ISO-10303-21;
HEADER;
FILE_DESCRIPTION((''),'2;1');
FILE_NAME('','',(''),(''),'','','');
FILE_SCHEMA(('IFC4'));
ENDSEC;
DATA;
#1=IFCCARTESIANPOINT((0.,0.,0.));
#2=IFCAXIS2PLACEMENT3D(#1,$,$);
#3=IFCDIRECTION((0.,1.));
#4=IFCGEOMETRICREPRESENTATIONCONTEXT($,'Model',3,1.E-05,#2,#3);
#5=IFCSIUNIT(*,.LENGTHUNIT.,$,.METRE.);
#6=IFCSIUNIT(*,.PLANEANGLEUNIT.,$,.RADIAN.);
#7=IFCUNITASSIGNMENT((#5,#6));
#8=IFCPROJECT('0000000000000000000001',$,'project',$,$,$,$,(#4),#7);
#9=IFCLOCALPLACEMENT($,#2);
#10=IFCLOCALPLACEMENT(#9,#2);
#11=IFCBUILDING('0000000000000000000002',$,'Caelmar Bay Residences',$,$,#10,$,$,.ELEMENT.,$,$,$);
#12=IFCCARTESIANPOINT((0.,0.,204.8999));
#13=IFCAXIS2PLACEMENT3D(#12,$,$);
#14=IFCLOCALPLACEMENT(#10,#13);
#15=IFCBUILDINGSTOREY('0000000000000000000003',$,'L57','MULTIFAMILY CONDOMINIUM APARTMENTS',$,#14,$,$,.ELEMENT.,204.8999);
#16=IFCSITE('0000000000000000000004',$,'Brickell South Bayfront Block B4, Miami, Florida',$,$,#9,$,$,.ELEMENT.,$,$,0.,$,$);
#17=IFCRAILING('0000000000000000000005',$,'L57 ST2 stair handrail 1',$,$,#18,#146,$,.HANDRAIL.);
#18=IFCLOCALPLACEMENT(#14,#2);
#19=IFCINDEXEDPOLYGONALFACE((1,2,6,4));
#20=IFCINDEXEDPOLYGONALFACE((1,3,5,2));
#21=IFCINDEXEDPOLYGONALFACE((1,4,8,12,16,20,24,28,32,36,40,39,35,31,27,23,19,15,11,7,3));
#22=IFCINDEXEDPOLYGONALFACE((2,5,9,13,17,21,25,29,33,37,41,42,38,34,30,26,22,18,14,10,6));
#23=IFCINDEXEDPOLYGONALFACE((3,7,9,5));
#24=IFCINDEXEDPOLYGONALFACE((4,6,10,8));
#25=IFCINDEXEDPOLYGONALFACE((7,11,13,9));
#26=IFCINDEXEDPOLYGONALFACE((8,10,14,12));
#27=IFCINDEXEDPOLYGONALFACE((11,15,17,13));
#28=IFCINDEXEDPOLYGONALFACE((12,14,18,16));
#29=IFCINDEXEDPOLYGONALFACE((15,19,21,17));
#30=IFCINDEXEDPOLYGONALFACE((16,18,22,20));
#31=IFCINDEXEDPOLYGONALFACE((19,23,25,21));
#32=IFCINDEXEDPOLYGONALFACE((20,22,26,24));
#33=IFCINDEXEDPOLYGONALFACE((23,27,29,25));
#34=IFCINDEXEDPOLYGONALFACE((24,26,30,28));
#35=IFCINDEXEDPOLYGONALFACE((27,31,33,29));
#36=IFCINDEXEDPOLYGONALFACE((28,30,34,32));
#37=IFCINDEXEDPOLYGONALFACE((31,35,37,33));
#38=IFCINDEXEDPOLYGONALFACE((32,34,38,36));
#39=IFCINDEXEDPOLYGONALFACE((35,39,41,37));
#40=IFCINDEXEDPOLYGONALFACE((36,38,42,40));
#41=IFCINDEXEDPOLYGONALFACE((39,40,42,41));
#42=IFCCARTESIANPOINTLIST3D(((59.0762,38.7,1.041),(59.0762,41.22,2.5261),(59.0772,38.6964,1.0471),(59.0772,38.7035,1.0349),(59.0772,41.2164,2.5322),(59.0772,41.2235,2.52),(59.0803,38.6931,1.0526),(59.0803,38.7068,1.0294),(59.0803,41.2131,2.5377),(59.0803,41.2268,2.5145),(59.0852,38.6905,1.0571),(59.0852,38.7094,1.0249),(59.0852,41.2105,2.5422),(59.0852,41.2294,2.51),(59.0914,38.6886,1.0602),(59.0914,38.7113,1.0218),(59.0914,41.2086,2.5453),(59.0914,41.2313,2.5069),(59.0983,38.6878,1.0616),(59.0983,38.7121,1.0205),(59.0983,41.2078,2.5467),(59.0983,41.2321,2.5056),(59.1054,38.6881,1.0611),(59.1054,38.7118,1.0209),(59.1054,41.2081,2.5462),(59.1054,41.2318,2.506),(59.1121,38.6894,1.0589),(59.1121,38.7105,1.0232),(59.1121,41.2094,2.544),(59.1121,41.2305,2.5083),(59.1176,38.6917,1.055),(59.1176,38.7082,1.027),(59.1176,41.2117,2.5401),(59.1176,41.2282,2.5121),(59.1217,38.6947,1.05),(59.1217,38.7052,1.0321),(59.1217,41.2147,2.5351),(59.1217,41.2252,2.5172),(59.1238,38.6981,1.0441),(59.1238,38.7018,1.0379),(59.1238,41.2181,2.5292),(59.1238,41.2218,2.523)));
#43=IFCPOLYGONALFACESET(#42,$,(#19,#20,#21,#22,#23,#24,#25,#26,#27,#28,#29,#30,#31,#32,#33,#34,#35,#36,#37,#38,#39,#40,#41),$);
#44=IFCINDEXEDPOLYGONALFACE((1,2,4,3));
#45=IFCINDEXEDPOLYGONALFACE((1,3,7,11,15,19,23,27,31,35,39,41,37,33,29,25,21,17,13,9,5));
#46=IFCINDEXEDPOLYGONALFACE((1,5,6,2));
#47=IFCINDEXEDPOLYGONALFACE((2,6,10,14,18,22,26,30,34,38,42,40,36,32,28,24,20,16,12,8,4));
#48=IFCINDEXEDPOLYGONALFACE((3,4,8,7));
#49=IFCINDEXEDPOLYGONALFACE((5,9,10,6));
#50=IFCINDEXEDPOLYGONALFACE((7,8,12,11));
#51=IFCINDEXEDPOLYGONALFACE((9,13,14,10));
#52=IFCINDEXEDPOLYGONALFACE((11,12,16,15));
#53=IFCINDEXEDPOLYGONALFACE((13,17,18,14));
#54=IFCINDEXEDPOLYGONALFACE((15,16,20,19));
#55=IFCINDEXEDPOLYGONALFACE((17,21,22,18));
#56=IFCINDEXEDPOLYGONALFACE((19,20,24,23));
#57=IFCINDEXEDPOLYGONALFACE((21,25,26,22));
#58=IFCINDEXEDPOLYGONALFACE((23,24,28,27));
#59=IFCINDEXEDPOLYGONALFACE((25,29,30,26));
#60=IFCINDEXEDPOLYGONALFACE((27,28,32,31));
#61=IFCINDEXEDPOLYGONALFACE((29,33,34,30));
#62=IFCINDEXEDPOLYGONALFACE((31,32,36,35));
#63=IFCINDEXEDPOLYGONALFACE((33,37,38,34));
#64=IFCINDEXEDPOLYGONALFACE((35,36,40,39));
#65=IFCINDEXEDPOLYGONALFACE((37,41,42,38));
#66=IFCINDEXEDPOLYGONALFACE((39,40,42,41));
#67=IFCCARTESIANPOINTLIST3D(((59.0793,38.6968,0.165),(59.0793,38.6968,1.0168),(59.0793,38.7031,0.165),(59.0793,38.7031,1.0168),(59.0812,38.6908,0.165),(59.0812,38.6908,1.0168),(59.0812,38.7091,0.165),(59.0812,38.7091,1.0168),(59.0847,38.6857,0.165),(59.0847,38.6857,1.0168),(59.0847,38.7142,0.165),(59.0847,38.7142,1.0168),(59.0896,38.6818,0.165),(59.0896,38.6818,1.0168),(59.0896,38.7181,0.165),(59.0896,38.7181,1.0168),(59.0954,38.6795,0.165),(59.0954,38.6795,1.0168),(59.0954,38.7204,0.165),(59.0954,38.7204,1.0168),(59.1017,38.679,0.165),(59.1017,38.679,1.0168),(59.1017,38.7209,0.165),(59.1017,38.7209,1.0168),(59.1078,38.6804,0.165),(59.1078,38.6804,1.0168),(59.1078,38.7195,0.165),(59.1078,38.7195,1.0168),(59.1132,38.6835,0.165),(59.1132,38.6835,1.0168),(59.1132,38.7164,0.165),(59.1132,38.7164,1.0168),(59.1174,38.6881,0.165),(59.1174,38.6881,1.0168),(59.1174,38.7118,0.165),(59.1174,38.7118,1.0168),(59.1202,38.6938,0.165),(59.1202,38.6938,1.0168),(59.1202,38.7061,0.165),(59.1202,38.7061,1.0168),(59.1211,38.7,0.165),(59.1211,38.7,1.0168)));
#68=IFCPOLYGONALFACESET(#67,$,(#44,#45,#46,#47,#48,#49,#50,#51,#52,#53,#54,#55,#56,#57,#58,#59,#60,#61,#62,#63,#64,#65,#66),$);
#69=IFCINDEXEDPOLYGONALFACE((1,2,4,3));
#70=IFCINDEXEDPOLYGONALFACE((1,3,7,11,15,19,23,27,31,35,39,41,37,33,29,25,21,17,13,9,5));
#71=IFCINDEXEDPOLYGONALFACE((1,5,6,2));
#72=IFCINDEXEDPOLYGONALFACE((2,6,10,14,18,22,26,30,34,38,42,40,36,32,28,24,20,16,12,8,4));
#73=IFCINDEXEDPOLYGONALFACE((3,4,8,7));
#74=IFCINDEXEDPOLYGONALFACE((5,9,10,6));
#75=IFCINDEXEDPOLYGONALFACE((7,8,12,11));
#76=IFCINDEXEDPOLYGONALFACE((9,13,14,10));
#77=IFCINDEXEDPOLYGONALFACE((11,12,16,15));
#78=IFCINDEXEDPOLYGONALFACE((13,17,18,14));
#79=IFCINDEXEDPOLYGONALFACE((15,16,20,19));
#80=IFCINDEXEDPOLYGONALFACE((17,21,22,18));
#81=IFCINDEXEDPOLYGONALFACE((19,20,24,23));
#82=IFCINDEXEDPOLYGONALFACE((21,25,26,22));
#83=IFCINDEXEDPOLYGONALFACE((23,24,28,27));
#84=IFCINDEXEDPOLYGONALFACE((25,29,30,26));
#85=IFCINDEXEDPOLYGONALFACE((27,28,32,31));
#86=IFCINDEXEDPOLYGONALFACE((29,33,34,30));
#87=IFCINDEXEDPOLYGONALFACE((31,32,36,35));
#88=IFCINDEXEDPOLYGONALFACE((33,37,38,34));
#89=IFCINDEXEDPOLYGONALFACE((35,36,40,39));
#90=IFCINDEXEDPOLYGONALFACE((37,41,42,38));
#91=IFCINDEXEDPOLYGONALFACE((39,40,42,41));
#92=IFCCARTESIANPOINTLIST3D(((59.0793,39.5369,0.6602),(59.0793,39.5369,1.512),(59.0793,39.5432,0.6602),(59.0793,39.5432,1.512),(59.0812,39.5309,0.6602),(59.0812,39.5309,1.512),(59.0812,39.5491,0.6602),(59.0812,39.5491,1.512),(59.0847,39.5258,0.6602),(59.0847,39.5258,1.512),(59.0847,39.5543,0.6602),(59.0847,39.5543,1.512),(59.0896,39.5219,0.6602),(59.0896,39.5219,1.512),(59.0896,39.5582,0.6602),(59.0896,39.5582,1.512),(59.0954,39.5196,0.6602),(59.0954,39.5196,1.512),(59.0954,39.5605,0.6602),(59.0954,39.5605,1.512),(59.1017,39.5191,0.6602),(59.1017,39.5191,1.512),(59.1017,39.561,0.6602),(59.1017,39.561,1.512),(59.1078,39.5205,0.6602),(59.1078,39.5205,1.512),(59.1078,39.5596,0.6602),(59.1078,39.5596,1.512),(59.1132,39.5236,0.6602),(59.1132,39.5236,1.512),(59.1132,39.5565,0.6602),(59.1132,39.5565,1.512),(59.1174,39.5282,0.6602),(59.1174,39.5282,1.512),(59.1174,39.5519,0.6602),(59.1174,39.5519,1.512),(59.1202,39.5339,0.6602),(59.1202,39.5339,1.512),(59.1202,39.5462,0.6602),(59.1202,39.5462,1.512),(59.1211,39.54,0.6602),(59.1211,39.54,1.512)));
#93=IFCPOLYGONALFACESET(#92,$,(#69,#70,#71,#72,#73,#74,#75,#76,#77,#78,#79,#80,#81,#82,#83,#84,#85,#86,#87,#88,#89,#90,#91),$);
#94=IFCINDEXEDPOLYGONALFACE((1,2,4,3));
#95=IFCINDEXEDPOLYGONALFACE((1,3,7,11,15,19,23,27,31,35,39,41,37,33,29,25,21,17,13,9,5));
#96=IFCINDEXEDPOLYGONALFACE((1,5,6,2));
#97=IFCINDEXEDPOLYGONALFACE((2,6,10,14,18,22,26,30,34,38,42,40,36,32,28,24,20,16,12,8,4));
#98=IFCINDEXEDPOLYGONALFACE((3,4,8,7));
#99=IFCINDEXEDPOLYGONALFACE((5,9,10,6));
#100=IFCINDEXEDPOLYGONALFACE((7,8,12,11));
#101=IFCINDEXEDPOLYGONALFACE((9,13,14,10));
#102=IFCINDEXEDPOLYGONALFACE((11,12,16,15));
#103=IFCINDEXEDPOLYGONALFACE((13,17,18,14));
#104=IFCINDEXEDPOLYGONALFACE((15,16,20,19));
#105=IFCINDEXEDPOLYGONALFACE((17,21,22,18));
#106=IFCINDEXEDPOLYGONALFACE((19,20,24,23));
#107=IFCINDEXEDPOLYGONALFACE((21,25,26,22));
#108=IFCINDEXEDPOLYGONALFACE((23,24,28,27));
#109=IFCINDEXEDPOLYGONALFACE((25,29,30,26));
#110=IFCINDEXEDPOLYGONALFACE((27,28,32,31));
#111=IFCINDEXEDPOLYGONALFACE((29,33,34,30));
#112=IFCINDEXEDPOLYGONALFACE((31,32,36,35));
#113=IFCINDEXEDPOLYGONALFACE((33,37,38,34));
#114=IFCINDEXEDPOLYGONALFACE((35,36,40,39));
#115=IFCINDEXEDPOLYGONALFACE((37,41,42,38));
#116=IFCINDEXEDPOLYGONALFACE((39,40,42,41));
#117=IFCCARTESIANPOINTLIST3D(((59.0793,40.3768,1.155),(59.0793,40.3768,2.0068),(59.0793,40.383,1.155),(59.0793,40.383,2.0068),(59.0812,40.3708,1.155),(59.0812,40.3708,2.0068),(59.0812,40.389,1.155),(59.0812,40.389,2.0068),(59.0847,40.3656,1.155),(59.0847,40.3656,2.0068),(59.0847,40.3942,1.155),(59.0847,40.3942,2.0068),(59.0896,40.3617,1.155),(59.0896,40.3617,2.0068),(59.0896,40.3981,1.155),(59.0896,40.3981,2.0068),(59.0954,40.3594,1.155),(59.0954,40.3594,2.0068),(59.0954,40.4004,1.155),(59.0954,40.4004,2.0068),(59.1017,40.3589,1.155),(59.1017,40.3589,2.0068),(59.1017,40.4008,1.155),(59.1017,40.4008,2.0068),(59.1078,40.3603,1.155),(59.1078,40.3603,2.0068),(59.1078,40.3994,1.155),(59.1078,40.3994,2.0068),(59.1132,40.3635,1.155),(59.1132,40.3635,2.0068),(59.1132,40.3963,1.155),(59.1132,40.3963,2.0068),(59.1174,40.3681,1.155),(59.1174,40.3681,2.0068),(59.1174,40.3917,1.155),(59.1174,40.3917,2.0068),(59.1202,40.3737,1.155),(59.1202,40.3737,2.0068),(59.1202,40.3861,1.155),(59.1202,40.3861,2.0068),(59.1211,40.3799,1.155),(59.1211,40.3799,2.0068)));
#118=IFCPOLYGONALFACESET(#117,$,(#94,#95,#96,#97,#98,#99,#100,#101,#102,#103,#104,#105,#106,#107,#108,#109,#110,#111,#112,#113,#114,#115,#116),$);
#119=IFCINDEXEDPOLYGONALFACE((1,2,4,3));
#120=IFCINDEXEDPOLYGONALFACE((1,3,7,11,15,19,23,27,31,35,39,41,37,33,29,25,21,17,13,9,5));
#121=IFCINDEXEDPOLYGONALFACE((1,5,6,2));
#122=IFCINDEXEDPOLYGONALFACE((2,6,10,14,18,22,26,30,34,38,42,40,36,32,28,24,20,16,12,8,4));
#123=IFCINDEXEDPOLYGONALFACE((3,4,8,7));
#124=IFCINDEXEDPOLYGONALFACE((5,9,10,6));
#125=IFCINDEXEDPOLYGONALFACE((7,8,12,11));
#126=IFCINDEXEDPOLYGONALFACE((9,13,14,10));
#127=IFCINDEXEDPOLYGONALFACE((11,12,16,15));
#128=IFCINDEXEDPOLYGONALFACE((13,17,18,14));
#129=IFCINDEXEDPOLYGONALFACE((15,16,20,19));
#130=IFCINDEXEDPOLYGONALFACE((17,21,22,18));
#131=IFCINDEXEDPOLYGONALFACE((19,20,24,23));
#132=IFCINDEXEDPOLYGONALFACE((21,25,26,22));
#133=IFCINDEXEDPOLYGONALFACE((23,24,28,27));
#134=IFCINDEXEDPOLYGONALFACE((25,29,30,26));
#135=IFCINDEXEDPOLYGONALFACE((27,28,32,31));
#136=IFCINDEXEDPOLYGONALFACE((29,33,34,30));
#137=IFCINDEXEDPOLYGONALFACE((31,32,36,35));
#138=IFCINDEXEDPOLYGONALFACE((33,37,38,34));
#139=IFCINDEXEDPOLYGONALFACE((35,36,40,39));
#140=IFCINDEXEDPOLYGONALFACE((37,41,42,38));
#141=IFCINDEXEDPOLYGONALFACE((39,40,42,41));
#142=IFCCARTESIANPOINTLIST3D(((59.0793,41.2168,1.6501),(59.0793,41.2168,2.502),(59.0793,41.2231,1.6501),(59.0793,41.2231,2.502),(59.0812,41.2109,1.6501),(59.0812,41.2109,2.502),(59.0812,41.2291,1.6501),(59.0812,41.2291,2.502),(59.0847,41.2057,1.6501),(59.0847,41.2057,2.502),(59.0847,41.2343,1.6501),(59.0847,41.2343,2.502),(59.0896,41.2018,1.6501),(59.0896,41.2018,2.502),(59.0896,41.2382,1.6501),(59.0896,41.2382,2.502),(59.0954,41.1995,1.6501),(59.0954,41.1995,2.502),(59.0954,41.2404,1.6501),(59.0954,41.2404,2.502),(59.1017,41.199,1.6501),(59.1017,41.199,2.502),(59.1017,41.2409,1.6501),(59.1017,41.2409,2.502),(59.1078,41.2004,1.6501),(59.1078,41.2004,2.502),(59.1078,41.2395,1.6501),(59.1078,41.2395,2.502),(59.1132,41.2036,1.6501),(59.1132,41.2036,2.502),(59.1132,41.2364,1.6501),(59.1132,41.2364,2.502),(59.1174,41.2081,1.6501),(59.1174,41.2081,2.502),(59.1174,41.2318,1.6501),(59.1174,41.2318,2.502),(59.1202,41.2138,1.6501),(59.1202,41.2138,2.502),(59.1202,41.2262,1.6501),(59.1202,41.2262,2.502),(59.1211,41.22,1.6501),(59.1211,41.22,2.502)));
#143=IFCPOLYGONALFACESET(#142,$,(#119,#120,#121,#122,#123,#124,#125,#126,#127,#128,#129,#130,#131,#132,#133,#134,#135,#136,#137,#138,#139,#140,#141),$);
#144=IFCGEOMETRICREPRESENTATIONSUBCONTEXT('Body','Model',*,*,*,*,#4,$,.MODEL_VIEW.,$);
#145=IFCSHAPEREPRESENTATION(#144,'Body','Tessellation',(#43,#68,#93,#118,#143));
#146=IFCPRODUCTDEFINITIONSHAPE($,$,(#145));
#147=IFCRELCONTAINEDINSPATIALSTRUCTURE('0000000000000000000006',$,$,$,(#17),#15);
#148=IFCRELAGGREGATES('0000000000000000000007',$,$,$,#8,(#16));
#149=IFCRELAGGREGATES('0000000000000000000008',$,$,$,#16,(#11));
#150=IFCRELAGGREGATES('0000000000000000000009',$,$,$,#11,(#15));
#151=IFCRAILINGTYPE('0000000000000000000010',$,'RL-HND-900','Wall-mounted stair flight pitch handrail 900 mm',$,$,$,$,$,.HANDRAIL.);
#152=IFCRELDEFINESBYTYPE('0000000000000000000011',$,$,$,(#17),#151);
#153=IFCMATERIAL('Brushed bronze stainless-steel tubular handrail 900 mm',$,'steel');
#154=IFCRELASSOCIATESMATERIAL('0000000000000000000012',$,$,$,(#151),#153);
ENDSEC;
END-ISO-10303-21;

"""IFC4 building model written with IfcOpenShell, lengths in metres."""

from ifc_helpers import new_model, si_unit, direction, frame, origin, origin_2d, place, context, subcontext, project, spatial, circle, extrude, material, type_object, element, save


model = new_model("IFC4")

# Units and contexts
model_context = context("Model", 3, precision=1e-05, world=origin(), true_north=direction((0.0, 1.0)))
body_context = subcontext(model_context, "Body", "Model", "MODEL_VIEW")
ifc_project = project(units=[si_unit("LENGTHUNIT", "METRE"), si_unit("PLANEANGLEUNIT", "RADIAN")], contexts=[model_context])

# Site, building, storey
site_placement = place(None, origin())
site = spatial("IfcSite", under=ifc_project, at=site_placement, Name="Brickell South Bayfront Block B4, Miami, Florida", CompositionType="ELEMENT", RefElevation=0.0)
building_placement = place(site_placement, origin())
building = spatial("IfcBuilding", under=site, at=building_placement, Name="Caelmar Bay Residences", CompositionType="ELEMENT")
storey_placement = place(building_placement, frame((0.0, 0.0, 204.8999)))
storey = spatial("IfcBuildingStorey", under=building, at=storey_placement, Name="L57", Description="MULTIFAMILY CONDOMINIUM APARTMENTS", CompositionType="ELEMENT", Elevation=204.8999)

# Railing
ifc_material_1 = material(Name="Brushed bronze stainless-steel tubular handrail 900 mm", Category="steel")
railing_type_1 = type_object("IfcRailingType", Name="RL-HND-900", Description="Wall-mounted stair flight pitch handrail 900 mm", PredefinedType="HANDRAIL", material=ifc_material_1)
railing_1_placement = place(storey_placement, frame((59.1001, 38.7, 0.165)))
element("IfcRailing", 1, at=railing_1_placement, inside=storey, type_object=railing_type_1, Name="L57 ST2 stair handrail 1", PredefinedType="HANDRAIL", context=body_context, shape_type="SweptSolid", body=[
    extrude(circle(Radius=0.0239, at=origin_2d()), frame((0.0, 0.0, 0.876), z_axis=(0.0, 0.861524, 0.507717), x_axis=(-1.0, 0.0, 0.0)), (0.0, 0.0, 1.0), 2.925),
    extrude(circle(Radius=0.021, at=origin_2d()), origin(), (0.0, 0.0, 1.0), 0.8518),
    extrude(circle(Radius=0.021, at=origin_2d()), frame((0.0, 0.8401, 0.4951)), (0.0, 0.0, 1.0), 0.8518),
    extrude(circle(Radius=0.021, at=origin_2d()), frame((0.0, 1.6799, 0.99)), (0.0, 0.0, 1.0), 0.8518),
    extrude(circle(Radius=0.021, at=origin_2d()), frame((0.0, 2.52, 1.4851)), (0.0, 0.0, 1.0), 0.8518),
])

save(model, "model.ifc")
